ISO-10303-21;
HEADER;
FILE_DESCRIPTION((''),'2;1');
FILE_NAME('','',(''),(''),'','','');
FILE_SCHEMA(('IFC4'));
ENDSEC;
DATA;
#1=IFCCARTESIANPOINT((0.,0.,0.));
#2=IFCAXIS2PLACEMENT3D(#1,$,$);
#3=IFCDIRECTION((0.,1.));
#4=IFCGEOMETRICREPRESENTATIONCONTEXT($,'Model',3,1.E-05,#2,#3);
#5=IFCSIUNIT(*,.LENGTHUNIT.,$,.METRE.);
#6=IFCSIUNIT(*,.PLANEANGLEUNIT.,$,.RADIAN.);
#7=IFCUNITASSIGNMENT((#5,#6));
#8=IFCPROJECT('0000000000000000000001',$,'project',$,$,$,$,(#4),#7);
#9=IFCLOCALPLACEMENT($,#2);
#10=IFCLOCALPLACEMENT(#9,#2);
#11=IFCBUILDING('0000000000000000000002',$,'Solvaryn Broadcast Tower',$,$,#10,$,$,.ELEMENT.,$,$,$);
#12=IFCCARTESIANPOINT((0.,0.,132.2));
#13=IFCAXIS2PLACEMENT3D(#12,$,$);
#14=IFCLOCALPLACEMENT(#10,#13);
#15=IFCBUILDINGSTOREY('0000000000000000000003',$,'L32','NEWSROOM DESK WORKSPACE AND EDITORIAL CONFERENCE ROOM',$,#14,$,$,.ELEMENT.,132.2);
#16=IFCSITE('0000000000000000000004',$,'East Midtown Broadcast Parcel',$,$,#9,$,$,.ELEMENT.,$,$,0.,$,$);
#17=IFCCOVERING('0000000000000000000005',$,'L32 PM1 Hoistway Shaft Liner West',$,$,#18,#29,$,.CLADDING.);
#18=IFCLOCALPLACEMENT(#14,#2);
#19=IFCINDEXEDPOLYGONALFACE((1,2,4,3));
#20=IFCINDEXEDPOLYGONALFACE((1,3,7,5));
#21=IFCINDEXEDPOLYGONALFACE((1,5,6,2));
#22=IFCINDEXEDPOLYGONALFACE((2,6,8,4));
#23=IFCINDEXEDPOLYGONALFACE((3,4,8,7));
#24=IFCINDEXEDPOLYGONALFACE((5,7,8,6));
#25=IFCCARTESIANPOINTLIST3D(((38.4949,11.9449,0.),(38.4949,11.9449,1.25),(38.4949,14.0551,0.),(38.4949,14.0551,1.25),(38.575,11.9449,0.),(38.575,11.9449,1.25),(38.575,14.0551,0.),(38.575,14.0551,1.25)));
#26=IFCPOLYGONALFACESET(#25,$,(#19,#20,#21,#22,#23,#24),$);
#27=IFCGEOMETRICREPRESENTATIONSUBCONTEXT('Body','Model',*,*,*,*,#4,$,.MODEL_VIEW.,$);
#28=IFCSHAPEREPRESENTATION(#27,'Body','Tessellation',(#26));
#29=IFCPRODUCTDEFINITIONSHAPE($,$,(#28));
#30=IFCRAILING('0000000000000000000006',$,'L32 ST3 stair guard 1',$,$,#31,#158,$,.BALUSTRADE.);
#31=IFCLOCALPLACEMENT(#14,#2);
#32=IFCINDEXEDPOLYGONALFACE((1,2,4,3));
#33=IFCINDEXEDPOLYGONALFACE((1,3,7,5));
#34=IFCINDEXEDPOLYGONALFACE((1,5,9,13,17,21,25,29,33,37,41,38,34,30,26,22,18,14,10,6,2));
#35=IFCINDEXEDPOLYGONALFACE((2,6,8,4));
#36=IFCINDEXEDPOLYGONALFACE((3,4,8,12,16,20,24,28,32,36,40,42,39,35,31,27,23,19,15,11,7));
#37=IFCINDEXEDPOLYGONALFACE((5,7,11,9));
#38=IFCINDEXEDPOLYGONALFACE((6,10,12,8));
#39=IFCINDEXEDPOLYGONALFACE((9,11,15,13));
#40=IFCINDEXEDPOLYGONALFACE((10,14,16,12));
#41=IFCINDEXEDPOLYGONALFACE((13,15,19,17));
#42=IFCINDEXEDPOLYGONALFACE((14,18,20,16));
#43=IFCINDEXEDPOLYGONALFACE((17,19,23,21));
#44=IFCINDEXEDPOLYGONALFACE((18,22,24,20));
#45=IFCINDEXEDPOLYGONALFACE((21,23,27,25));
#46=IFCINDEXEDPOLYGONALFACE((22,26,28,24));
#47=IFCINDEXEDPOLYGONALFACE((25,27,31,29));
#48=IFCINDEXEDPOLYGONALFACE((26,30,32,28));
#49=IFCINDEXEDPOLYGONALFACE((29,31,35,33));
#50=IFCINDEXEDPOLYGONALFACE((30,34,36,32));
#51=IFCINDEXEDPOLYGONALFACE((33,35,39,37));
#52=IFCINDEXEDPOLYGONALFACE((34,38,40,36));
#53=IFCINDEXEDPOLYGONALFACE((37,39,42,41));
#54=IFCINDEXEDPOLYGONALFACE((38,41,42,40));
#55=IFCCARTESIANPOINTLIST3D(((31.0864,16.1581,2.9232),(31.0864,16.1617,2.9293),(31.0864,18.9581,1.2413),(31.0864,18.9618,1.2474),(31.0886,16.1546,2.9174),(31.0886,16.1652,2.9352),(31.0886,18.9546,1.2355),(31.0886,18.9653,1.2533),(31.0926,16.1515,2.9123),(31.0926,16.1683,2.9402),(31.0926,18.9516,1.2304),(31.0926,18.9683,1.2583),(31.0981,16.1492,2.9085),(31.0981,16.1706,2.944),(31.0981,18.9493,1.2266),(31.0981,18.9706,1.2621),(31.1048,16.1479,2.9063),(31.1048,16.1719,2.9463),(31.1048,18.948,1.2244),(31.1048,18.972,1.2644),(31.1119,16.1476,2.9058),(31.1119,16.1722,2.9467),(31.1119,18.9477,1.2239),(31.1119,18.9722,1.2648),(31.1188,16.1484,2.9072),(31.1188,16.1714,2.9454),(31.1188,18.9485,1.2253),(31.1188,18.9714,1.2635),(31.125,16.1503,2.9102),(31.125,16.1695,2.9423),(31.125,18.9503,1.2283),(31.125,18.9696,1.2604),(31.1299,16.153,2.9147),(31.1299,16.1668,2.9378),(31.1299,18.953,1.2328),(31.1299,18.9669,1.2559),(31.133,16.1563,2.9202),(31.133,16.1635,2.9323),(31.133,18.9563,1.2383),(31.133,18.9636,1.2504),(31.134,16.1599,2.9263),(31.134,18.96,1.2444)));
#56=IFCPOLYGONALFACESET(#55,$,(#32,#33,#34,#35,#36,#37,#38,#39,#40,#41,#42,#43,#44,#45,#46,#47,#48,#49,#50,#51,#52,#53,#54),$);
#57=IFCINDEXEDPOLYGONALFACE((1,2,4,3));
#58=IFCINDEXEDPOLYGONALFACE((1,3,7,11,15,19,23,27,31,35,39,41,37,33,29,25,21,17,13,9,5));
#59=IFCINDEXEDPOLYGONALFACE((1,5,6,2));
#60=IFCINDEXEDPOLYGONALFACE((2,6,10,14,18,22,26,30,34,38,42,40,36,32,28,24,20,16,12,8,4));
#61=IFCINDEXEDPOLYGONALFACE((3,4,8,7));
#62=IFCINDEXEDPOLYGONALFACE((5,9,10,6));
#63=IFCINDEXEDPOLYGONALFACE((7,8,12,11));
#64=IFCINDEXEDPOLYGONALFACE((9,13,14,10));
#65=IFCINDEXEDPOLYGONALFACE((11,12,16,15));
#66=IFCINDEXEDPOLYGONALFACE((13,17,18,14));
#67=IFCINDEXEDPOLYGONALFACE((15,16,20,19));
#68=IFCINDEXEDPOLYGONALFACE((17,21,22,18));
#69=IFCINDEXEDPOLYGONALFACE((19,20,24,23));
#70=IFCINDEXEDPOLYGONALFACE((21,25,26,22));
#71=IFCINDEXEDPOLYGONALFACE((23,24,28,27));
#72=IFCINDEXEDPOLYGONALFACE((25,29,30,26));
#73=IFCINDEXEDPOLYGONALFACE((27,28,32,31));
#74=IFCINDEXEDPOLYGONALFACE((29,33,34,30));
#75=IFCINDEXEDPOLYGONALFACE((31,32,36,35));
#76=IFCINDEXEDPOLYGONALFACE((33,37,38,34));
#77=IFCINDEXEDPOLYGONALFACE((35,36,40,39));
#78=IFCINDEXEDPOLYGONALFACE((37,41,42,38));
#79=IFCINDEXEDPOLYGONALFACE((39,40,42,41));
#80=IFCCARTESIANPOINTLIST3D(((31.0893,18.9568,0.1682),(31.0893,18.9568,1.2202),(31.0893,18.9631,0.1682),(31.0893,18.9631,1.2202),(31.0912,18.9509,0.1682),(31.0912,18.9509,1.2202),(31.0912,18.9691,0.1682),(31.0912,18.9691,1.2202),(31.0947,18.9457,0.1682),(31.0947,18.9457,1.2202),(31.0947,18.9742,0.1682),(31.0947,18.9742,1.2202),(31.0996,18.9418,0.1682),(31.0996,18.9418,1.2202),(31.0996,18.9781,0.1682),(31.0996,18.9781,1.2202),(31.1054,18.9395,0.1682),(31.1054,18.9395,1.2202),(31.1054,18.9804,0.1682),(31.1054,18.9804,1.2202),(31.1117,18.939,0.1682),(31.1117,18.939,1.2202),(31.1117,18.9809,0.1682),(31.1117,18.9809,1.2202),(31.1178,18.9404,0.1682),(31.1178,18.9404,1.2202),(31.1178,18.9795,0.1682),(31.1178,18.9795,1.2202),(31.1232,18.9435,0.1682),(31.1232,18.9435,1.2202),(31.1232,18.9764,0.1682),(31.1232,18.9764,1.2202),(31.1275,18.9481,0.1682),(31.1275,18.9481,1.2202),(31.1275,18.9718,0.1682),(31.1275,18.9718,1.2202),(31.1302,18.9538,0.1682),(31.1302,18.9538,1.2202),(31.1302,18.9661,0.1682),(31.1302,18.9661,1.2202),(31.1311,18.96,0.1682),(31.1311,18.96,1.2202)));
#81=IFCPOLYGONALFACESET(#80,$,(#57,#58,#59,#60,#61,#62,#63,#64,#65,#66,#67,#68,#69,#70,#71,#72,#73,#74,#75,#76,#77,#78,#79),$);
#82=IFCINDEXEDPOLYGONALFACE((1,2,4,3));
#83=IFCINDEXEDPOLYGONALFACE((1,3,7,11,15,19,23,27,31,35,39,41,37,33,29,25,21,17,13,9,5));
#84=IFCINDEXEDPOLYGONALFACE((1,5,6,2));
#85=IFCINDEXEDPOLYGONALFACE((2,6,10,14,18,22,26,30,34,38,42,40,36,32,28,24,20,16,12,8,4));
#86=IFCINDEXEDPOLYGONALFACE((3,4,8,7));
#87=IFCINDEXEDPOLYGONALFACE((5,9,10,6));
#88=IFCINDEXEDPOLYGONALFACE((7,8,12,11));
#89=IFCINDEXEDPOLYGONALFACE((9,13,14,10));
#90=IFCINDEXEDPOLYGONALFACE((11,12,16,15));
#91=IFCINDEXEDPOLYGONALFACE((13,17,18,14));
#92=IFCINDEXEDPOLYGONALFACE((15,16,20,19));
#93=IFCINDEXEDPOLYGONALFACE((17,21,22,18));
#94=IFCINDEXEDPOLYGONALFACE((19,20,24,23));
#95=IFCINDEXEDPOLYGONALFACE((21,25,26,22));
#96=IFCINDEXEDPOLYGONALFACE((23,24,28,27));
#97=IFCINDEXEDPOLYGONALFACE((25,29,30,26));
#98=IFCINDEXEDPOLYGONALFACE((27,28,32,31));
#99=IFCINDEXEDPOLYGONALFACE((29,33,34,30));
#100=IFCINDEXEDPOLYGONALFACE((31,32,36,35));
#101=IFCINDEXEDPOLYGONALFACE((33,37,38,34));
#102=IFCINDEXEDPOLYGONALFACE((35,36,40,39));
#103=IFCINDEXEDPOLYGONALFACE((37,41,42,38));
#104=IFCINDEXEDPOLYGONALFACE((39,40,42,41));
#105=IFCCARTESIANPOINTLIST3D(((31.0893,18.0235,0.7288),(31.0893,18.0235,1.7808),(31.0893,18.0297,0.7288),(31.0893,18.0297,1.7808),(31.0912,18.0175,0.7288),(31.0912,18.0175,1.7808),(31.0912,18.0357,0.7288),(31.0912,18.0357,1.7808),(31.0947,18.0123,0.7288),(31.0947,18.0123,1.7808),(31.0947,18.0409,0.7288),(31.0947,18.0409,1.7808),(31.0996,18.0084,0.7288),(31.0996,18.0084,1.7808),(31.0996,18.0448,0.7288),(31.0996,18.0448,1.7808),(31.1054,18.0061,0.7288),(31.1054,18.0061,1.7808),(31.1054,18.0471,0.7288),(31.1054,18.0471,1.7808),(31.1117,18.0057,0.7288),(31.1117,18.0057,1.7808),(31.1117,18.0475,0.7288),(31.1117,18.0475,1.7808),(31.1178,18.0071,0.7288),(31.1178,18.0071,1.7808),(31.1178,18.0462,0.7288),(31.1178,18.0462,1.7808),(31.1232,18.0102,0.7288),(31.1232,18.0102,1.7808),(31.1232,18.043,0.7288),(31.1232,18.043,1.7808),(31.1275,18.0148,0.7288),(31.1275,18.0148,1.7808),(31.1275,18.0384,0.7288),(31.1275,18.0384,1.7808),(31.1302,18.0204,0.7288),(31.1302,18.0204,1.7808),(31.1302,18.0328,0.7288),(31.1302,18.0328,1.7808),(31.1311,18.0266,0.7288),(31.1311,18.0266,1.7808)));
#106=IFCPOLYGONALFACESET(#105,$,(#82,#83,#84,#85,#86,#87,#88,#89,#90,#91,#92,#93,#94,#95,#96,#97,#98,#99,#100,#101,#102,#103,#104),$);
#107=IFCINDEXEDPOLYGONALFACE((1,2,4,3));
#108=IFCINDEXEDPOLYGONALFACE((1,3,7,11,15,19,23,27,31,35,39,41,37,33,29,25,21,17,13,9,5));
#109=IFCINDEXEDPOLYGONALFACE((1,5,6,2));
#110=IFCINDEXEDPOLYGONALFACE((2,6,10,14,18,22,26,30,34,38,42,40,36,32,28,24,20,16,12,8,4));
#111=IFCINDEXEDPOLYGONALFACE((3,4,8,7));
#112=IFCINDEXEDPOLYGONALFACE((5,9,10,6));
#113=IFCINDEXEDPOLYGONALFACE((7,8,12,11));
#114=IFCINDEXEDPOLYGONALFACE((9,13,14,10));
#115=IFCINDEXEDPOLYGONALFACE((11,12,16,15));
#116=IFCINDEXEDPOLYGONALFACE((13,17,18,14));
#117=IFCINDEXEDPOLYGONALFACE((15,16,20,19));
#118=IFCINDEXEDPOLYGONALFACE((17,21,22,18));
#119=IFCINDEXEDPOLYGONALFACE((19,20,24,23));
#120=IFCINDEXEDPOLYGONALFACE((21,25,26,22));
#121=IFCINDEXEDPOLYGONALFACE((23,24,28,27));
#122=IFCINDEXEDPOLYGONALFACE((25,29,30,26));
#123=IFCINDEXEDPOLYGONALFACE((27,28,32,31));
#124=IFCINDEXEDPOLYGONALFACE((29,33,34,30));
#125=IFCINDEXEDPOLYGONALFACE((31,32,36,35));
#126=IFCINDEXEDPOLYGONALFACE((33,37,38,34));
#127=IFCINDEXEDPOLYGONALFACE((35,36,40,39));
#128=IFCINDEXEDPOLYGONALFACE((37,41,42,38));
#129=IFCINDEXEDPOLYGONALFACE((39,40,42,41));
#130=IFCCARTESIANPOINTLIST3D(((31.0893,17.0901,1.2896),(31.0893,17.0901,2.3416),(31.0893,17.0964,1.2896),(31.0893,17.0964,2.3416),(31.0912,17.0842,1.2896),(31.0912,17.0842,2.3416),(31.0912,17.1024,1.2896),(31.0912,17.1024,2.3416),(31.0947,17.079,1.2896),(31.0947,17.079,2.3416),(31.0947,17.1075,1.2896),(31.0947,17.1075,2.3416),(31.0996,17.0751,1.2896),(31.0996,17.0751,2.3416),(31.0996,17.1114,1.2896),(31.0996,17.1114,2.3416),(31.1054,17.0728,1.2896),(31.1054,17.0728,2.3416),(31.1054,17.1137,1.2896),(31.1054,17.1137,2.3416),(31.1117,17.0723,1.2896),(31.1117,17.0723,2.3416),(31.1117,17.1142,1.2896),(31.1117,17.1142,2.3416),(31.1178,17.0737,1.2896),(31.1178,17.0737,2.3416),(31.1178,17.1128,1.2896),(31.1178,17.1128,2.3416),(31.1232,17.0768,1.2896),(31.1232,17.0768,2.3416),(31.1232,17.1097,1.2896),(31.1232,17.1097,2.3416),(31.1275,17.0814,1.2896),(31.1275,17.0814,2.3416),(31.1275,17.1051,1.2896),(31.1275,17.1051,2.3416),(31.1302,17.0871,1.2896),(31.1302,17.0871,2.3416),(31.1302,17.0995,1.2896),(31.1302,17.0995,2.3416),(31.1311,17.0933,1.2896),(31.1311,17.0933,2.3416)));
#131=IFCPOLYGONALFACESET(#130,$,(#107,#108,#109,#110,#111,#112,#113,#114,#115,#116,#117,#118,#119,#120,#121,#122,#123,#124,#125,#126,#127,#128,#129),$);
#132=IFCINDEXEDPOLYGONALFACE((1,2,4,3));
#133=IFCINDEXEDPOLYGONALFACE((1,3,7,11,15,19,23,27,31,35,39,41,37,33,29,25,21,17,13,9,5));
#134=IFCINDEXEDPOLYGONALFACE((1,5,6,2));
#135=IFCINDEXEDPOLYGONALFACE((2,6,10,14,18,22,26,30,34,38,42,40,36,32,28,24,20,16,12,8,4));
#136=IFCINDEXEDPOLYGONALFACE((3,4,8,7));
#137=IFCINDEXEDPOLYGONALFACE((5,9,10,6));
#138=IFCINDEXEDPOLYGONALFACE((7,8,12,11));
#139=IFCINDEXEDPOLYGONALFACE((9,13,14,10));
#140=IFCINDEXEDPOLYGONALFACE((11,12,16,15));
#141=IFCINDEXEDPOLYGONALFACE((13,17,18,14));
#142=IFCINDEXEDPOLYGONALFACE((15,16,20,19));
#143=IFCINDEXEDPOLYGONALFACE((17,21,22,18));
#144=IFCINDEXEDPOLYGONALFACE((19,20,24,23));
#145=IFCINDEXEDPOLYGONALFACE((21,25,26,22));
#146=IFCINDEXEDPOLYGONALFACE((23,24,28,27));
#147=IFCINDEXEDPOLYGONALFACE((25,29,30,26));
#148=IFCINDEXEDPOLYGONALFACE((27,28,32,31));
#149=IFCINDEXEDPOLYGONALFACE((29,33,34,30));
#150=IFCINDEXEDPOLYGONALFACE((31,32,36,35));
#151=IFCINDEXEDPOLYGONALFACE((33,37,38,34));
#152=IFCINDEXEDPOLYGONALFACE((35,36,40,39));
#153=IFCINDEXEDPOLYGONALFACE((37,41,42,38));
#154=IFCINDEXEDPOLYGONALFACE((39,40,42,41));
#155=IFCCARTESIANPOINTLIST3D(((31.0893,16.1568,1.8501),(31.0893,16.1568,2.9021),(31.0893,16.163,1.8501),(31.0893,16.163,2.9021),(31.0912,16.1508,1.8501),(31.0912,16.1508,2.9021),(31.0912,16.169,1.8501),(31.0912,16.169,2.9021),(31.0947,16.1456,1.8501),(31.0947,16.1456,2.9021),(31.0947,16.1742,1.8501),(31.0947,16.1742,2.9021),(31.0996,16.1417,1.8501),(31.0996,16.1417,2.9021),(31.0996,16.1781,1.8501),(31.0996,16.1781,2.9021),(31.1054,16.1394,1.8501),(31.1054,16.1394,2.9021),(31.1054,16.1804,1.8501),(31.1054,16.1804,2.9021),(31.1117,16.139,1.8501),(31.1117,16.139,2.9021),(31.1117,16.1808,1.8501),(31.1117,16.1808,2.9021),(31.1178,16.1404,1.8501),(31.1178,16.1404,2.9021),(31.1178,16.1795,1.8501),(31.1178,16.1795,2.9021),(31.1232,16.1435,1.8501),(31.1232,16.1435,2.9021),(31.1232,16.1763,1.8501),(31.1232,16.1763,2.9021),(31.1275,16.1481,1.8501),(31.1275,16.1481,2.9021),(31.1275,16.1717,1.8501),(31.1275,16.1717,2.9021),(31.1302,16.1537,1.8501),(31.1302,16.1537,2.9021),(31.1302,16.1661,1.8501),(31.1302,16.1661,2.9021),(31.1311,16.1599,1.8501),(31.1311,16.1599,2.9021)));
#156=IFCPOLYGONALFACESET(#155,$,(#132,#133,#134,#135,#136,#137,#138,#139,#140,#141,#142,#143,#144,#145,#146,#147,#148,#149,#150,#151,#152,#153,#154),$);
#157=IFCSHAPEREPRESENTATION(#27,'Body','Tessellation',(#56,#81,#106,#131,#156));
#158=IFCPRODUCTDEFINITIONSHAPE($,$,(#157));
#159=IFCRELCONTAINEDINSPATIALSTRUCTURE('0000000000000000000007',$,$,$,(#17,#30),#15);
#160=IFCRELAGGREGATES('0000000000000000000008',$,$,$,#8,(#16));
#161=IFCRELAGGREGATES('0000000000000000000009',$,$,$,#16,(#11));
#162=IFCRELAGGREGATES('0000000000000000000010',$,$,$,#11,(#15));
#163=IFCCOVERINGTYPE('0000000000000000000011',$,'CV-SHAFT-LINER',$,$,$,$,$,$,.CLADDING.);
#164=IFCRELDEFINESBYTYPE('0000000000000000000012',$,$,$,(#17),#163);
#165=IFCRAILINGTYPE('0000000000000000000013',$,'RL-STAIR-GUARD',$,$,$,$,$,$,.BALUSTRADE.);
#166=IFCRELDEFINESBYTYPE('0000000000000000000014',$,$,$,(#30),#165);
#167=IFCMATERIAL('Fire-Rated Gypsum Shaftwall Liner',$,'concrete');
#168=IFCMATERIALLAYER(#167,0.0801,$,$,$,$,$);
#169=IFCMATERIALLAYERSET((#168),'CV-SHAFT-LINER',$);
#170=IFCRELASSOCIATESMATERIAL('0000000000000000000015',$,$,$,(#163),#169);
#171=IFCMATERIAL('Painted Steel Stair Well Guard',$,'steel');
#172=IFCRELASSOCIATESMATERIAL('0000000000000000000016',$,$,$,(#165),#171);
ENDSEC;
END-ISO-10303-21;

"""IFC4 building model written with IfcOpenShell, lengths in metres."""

from ifc_helpers import new_model, si_unit, direction, frame, origin, origin_2d, place, context, subcontext, project, spatial, rectangle, circle, extrude, material, layer, layer_set, type_object, element, save


model = new_model("IFC4")

# Units and contexts
model_context = context("Model", 3, precision=1e-05, world=origin(), true_north=direction((0.0, 1.0)))
body_context = subcontext(model_context, "Body", "Model", "MODEL_VIEW")
ifc_project = project(units=[si_unit("LENGTHUNIT", "METRE"), si_unit("PLANEANGLEUNIT", "RADIAN")], contexts=[model_context])

# Site, building, storey
site_placement = place(None, origin())
site = spatial("IfcSite", under=ifc_project, at=site_placement, Name="East Midtown Broadcast Parcel", CompositionType="ELEMENT", RefElevation=0.0)
building_placement = place(site_placement, origin())
building = spatial("IfcBuilding", under=site, at=building_placement, Name="Solvaryn Broadcast Tower", CompositionType="ELEMENT")
storey_placement = place(building_placement, frame((0.0, 0.0, 132.2)))
storey = spatial("IfcBuildingStorey", under=building, at=storey_placement, Name="L32", Description="NEWSROOM DESK WORKSPACE AND EDITORIAL CONFERENCE ROOM", CompositionType="ELEMENT", Elevation=132.2)

# Covering
ifc_material_1 = material(Name="Fire-Rated Gypsum Shaftwall Liner", Category="concrete")
ifc_layer_1 = layer(ifc_material_1, 0.0801)
ifc_layer_set_1 = layer_set([ifc_layer_1], Name="CV-SHAFT-LINER")
covering_type = type_object("IfcCoveringType", Name="CV-SHAFT-LINER", PredefinedType="CLADDING", material=ifc_layer_set_1)
covering_placement = place(storey_placement, frame((38.5349, 13.0, 0.0), z_axis=(0.0, 0.0, 1.0), x_axis=(1.0, 0.0, 0.0)))
element("IfcCovering", 1, at=covering_placement, inside=storey, type_object=covering_type, Name="L32 PM1 Hoistway Shaft Liner West", PredefinedType="CLADDING", context=body_context, shape_type="SweptSolid", body=[
    extrude(rectangle(XDim=0.0801, YDim=2.1101, at=origin_2d()), origin(), (0.0, 0.0, 1.0), 1.25),
])

# Railing
ifc_material_2 = material(Name="Painted Steel Stair Well Guard", Category="steel")
railing_type_1 = type_object("IfcRailingType", Name="RL-STAIR-GUARD", PredefinedType="BALUSTRADE", material=ifc_material_2)
railing_1_placement = place(storey_placement, frame((31.1101, 18.96, 0.1682)))
element("IfcRailing", 2, at=railing_1_placement, inside=storey, type_object=railing_type_1, Name="L32 ST3 stair guard 1", PredefinedType="BALUSTRADE", context=body_context, shape_type="SweptSolid", body=[
    extrude(circle(Radius=0.0239, at=origin_2d()), frame((0.0, 0.0, 1.0762), z_axis=(0.0, -0.857242, 0.514913), x_axis=(1.0, 0.0, 0.0)), (0.0, 0.0, 1.0), 3.2664),
    extrude(circle(Radius=0.021, at=origin_2d()), origin(), (0.0, 0.0, 1.0), 1.052),
    extrude(circle(Radius=0.021, at=origin_2d()), frame((0.0, -0.9333, 0.5605)), (0.0, 0.0, 1.0), 1.052),
    extrude(circle(Radius=0.021, at=origin_2d()), frame((0.0, -1.8667, 1.1213)), (0.0, 0.0, 1.0), 1.052),
    extrude(circle(Radius=0.021, at=origin_2d()), frame((0.0, -2.8, 1.6819)), (0.0, 0.0, 1.0), 1.052),
])

save(model, "model.ifc")
